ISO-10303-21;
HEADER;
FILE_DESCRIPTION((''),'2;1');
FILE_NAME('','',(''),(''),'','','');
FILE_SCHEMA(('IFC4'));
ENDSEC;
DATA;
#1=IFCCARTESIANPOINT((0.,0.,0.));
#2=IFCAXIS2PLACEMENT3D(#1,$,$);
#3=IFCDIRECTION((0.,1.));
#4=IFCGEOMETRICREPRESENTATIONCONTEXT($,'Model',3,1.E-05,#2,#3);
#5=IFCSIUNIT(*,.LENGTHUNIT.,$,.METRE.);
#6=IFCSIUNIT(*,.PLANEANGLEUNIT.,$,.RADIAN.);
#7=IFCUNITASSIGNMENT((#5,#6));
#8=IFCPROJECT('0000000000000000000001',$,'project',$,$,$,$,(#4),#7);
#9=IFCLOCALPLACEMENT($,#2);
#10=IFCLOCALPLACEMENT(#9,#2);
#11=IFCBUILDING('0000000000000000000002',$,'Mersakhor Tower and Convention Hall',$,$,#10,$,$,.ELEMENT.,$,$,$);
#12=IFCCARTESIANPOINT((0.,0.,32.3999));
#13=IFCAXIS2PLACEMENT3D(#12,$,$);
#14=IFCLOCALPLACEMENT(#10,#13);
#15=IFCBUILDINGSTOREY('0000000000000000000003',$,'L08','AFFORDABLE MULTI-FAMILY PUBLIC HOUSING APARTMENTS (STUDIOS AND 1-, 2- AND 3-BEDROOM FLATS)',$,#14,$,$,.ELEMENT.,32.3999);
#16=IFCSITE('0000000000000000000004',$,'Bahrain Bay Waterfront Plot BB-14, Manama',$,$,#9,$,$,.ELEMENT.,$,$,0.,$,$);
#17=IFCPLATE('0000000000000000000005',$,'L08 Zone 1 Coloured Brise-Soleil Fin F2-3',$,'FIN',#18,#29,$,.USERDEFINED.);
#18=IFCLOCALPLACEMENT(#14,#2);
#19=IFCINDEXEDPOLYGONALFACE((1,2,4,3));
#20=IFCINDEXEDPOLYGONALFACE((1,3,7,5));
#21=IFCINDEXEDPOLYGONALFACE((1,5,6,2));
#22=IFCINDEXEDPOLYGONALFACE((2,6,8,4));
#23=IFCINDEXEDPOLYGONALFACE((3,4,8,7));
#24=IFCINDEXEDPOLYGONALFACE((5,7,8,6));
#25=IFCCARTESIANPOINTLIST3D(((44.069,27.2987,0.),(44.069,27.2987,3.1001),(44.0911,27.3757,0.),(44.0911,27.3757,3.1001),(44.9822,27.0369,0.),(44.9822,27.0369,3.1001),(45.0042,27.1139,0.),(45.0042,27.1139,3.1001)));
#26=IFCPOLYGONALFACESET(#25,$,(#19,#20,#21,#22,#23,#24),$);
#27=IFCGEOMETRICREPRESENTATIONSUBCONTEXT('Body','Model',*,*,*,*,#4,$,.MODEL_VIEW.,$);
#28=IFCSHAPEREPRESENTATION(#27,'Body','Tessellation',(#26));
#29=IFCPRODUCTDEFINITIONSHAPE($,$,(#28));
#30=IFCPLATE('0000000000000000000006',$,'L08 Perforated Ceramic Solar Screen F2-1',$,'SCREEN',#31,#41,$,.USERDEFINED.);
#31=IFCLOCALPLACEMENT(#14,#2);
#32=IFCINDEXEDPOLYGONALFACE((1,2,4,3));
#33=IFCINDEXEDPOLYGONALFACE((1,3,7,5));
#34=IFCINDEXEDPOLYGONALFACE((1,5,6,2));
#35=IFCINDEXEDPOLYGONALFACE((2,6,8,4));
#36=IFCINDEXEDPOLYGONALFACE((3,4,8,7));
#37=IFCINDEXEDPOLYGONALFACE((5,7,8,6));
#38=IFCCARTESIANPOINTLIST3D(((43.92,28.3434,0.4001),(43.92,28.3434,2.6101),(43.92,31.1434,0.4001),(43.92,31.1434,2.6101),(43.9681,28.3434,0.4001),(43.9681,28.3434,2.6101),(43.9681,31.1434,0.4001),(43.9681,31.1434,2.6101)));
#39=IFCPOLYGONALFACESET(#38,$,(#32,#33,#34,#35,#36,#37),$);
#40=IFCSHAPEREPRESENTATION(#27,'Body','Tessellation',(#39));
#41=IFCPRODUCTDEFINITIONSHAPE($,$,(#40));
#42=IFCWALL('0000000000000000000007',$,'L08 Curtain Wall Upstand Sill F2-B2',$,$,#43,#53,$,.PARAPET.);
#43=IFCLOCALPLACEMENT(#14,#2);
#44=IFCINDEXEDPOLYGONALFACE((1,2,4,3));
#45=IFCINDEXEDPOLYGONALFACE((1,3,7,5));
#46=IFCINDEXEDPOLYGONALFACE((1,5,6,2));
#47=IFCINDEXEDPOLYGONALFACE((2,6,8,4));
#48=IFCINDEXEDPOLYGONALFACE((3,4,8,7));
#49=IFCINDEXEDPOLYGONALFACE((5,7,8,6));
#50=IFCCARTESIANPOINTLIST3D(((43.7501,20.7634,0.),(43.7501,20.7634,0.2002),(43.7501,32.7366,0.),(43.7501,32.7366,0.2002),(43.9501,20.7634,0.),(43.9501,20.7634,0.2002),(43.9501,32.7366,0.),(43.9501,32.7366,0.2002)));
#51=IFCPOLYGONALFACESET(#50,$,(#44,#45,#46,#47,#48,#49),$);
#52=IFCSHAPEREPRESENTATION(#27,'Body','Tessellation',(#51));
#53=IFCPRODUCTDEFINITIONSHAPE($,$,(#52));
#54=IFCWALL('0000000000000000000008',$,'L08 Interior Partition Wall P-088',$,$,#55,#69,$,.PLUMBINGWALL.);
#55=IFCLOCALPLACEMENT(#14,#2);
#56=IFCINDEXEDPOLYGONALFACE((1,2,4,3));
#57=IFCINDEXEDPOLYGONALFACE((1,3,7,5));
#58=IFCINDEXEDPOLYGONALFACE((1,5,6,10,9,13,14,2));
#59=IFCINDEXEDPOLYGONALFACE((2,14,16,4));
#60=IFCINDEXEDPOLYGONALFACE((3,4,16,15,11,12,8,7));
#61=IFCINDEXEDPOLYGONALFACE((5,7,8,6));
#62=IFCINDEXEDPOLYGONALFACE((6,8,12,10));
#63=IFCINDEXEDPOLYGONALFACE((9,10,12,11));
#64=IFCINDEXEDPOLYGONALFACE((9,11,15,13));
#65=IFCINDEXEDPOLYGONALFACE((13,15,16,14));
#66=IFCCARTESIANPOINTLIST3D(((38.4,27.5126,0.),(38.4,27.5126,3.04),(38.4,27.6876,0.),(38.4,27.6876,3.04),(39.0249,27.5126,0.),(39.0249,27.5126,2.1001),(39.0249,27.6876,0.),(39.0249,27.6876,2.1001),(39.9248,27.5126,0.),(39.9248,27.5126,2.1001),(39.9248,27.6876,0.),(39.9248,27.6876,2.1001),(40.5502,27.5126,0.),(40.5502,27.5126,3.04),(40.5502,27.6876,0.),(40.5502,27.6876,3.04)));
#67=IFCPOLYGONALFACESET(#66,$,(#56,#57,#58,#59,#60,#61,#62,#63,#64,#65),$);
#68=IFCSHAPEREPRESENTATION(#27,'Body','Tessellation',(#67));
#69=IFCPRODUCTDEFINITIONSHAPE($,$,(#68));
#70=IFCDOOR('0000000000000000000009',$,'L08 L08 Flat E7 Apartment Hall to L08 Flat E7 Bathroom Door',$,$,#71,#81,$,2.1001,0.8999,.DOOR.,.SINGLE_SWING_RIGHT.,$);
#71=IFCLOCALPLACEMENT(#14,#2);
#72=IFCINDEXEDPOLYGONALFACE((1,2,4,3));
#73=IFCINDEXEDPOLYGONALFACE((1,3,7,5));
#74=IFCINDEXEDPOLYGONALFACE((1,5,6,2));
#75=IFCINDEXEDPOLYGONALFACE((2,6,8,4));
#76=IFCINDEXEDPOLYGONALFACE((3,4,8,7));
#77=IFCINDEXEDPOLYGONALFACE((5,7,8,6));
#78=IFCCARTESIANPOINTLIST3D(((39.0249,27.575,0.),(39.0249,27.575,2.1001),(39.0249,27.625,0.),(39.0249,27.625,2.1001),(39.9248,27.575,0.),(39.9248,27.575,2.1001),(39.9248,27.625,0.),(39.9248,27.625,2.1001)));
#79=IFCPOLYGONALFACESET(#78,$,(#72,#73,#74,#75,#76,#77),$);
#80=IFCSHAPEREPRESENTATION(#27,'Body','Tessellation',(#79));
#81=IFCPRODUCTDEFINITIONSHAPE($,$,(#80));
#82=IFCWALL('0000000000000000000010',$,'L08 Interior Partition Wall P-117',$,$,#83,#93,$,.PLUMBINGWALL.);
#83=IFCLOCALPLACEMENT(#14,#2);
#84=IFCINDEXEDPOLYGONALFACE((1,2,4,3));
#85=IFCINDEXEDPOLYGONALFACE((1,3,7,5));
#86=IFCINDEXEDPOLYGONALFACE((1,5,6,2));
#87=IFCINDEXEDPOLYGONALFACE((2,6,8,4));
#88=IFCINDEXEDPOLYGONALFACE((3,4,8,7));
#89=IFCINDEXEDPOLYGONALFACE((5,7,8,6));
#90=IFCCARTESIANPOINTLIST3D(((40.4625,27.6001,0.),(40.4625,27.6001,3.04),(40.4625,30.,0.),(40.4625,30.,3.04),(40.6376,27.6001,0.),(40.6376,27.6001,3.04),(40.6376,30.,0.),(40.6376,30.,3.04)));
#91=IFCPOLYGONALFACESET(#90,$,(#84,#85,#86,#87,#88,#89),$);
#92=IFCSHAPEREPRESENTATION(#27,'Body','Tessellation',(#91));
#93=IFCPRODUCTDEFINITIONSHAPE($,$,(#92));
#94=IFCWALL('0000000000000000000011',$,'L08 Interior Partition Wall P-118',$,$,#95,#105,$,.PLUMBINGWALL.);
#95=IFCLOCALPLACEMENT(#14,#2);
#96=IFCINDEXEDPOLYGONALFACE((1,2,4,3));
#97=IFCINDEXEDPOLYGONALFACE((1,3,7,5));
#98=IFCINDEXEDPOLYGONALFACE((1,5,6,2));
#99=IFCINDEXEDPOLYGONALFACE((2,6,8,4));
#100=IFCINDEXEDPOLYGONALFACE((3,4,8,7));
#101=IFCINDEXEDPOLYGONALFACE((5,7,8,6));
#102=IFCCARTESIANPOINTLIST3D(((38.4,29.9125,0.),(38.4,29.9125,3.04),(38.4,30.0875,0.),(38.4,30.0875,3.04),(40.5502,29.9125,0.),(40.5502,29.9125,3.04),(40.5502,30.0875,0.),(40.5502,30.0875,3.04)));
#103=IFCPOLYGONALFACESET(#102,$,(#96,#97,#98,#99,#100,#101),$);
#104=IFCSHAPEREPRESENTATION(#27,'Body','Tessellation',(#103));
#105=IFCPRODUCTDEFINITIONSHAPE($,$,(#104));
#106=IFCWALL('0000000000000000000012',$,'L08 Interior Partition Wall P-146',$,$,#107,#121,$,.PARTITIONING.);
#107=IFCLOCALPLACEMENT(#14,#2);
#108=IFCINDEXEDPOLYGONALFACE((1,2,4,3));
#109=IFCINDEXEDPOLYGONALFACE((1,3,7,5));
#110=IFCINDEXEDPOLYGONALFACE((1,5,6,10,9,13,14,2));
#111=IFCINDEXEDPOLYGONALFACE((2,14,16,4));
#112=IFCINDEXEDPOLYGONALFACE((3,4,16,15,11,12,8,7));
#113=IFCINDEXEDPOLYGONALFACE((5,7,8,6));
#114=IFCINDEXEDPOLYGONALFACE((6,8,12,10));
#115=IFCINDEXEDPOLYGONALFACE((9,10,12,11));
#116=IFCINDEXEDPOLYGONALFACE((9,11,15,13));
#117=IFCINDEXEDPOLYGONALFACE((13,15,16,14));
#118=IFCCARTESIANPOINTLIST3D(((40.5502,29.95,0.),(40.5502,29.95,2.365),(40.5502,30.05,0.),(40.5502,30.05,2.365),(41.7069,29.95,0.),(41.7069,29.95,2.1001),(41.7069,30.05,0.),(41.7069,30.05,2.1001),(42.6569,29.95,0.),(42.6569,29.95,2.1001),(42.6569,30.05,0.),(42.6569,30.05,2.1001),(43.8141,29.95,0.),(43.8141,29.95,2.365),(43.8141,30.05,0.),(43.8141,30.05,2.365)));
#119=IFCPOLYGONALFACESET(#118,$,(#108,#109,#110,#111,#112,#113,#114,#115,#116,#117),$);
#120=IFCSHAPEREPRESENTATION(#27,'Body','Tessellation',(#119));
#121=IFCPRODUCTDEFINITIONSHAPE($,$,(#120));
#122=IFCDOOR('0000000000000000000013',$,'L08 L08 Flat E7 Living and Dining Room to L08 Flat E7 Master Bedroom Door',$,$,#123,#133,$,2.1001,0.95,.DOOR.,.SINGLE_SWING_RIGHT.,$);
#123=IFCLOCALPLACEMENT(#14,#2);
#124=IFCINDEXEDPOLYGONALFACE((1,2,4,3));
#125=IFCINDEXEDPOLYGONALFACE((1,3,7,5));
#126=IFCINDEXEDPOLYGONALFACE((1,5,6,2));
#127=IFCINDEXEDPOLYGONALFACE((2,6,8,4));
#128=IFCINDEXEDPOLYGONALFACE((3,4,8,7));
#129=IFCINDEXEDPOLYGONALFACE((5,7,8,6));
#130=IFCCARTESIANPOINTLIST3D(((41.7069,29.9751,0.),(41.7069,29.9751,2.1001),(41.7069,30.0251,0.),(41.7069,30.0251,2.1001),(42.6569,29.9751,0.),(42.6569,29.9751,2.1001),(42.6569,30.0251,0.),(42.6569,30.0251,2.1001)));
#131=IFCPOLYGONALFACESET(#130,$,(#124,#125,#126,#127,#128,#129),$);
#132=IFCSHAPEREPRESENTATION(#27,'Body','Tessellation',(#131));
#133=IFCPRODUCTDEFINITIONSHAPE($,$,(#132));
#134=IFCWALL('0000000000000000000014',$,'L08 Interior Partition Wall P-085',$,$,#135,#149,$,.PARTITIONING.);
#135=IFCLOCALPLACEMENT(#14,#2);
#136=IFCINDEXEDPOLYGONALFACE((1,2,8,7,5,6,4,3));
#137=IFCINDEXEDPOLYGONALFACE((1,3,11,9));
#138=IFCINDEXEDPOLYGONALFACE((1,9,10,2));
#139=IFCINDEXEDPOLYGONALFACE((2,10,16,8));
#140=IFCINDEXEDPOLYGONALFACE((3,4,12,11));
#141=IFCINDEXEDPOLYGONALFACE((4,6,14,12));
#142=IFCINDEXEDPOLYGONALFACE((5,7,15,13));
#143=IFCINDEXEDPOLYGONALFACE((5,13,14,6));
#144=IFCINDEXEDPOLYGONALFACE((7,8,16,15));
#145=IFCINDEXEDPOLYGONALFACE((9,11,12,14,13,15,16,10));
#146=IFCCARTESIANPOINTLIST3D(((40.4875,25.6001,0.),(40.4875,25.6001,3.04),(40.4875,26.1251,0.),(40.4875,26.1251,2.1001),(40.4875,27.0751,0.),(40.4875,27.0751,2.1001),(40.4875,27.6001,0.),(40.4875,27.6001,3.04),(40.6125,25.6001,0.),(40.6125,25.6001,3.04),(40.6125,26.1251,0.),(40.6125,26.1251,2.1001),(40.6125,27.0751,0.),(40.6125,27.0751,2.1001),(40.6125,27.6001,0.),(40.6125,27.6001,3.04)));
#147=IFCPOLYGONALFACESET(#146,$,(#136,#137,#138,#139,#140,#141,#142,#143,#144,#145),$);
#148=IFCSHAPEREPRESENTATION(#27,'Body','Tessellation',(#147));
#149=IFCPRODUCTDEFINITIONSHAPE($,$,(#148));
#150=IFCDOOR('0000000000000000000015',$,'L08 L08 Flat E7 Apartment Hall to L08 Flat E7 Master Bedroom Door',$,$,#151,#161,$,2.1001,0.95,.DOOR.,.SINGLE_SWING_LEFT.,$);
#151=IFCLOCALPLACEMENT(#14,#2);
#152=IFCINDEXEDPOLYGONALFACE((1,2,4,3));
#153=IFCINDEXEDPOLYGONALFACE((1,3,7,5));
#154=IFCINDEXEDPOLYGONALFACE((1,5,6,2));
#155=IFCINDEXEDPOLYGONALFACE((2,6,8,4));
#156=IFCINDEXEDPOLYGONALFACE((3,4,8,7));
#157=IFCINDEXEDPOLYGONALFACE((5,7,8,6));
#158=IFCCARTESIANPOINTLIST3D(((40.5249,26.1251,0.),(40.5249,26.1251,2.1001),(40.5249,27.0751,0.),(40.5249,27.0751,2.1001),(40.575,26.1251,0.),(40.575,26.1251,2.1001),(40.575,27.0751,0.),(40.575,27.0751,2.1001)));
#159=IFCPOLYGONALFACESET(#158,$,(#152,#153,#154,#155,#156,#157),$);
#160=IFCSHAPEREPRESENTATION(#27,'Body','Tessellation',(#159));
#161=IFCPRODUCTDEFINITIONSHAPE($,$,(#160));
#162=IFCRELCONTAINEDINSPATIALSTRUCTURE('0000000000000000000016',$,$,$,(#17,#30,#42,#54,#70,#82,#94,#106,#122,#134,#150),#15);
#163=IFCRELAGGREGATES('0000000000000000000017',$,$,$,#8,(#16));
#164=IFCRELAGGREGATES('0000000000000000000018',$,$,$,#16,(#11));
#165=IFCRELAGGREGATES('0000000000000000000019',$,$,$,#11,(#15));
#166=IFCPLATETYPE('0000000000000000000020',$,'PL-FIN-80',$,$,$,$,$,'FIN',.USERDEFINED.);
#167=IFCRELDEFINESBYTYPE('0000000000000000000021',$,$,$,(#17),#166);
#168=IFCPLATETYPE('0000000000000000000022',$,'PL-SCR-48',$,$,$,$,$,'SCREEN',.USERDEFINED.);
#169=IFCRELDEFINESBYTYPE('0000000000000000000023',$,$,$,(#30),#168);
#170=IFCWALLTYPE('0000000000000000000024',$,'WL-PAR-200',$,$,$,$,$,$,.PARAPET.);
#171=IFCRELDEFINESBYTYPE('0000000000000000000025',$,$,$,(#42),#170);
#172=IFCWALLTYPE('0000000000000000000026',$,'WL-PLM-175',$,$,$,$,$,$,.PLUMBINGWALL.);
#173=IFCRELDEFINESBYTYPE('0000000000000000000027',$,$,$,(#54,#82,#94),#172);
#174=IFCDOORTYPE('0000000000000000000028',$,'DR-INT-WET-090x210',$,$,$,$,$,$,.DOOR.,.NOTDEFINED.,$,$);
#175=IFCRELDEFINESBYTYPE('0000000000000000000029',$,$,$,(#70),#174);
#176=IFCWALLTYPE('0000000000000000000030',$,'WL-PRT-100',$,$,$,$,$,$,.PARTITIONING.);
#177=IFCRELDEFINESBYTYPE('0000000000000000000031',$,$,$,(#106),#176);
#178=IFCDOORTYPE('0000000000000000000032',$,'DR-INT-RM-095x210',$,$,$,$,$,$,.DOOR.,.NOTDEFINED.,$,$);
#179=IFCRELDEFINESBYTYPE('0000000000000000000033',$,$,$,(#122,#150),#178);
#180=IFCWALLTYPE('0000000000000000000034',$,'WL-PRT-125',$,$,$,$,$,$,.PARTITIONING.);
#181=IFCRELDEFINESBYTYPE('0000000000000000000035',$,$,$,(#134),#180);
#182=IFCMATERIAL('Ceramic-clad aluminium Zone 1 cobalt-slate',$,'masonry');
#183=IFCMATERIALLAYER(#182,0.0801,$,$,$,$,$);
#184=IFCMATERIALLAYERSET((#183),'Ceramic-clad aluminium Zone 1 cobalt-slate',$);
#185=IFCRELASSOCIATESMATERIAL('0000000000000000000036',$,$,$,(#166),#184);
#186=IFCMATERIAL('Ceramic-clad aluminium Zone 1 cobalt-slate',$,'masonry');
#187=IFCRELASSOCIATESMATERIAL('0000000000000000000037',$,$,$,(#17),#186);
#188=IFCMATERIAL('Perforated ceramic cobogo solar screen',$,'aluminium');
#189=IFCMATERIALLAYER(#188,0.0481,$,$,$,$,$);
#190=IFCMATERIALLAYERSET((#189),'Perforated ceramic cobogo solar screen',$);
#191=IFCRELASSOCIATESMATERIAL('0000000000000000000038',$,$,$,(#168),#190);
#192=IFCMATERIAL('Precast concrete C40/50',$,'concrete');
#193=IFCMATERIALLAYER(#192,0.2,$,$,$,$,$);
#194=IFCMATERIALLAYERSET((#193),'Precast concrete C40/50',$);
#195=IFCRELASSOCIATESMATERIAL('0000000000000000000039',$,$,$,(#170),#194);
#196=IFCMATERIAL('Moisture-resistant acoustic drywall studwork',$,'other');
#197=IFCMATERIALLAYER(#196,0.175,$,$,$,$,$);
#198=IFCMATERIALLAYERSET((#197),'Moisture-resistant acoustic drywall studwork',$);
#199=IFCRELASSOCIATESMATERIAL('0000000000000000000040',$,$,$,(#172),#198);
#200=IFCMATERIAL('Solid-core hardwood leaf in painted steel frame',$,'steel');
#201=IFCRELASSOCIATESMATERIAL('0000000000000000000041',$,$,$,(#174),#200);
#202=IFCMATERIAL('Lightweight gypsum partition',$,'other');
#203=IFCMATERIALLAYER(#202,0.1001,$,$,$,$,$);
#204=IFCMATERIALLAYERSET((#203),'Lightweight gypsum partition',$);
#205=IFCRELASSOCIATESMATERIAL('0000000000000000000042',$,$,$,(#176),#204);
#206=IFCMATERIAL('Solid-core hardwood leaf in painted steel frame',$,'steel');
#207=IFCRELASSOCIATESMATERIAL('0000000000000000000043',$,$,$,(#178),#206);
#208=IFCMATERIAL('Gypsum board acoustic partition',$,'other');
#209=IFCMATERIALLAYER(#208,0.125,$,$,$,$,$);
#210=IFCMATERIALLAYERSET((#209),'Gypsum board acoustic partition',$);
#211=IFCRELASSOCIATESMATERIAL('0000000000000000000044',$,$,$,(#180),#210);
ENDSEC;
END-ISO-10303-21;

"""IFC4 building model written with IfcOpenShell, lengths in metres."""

from ifc_helpers import new_model, si_unit, direction, frame, frame_2d, origin, origin_2d, place, context, subcontext, project, spatial, rectangle, extrude, material, layer, layer_set, type_object, element, fill, save


model = new_model("IFC4")

# Units and contexts
model_context = context("Model", 3, precision=1e-05, world=origin(), true_north=direction((0.0, 1.0)))
body_context = subcontext(model_context, "Body", "Model", "MODEL_VIEW")
ifc_project = project(units=[si_unit("LENGTHUNIT", "METRE"), si_unit("PLANEANGLEUNIT", "RADIAN")], contexts=[model_context])

# Site, building, storey
site_placement = place(None, origin())
site = spatial("IfcSite", under=ifc_project, at=site_placement, Name="Bahrain Bay Waterfront Plot BB-14, Manama", CompositionType="ELEMENT", RefElevation=0.0)
building_placement = place(site_placement, origin())
building = spatial("IfcBuilding", under=site, at=building_placement, Name="Mersakhor Tower and Convention Hall", CompositionType="ELEMENT")
storey_placement = place(building_placement, frame((0.0, 0.0, 32.3999)))
storey = spatial("IfcBuildingStorey", under=building, at=storey_placement, Name="L08", Description="AFFORDABLE MULTI-FAMILY PUBLIC HOUSING APARTMENTS (STUDIOS AND 1-, 2- AND 3-BEDROOM FLATS)", CompositionType="ELEMENT", Elevation=32.3999)

# Plates
ifc_material_1 = material(Name="Ceramic-clad aluminium Zone 1 cobalt-slate", Category="masonry")
ifc_material_2 = material(Name="Ceramic-clad aluminium Zone 1 cobalt-slate", Category="masonry")
ifc_layer_1 = layer(ifc_material_2, 0.0801)
ifc_layer_set_1 = layer_set([ifc_layer_1], Name="Ceramic-clad aluminium Zone 1 cobalt-slate")
plate_type_1 = type_object("IfcPlateType", Name="PL-FIN-80", ElementType="FIN", PredefinedType="USERDEFINED", material=ifc_layer_set_1)
plate_1_placement = place(storey_placement, frame((44.5366, 27.2063, 0.0), z_axis=(0.0, 0.0, 1.0), x_axis=(0.961262, -0.275637, 0.0)))
element("IfcPlate", 1, at=plate_1_placement, inside=storey, type_object=plate_type_1, material=ifc_material_1, Name="L08 Zone 1 Coloured Brise-Soleil Fin F2-3", ObjectType="FIN", PredefinedType="USERDEFINED", context=body_context, shape_type="SweptSolid", body=[
    extrude(rectangle(XDim=0.95, YDim=0.0801, at=origin_2d()), origin(), (0.0, 0.0, 1.0), 3.1001),
])
ifc_material_3 = material(Name="Perforated ceramic cobogo solar screen", Category="aluminium")
ifc_layer_2 = layer(ifc_material_3, 0.0481)
ifc_layer_set_2 = layer_set([ifc_layer_2], Name="Perforated ceramic cobogo solar screen")
plate_type_2 = type_object("IfcPlateType", Name="PL-SCR-48", ElementType="SCREEN", PredefinedType="USERDEFINED", material=ifc_layer_set_2)
plate_2_placement = place(storey_placement, frame((43.9441, 29.7434, 0.4001), z_axis=(0.0, 0.0, 1.0), x_axis=(0.0, -1.0, 0.0)))
element("IfcPlate", 2, at=plate_2_placement, inside=storey, type_object=plate_type_2, Name="L08 Perforated Ceramic Solar Screen F2-1", ObjectType="SCREEN", PredefinedType="USERDEFINED", context=body_context, shape_type="SweptSolid", body=[
    extrude(rectangle(XDim=2.8, YDim=0.0481, at=origin_2d()), origin(), (0.0, 0.0, 1.0), 2.21),
])

# Wall
ifc_material_4 = material(Name="Precast concrete C40/50", Category="concrete")
ifc_layer_3 = layer(ifc_material_4, 0.2)
ifc_layer_set_3 = layer_set([ifc_layer_3], Name="Precast concrete C40/50")
wall_type_1 = type_object("IfcWallType", Name="WL-PAR-200", PredefinedType="PARAPET", material=ifc_layer_set_3)
wall_1_placement = place(storey_placement, frame((43.8501, 32.7366, 0.0), z_axis=(0.0, 0.0, 1.0), x_axis=(0.0, -1.0, 0.0)))
element("IfcWall", 3, at=wall_1_placement, inside=storey, type_object=wall_type_1, Name="L08 Curtain Wall Upstand Sill F2-B2", PredefinedType="PARAPET", context=body_context, shape_type="SweptSolid", body=[
    extrude(rectangle(XDim=11.9731, YDim=0.2, at=frame_2d((5.9866, 0.0))), origin(), (0.0, 0.0, 1.0), 0.2002),
])

# Wall, opening, door
ifc_material_5 = material(Name="Moisture-resistant acoustic drywall studwork", Category="other")
ifc_layer_4 = layer(ifc_material_5, 0.175)
ifc_layer_set_4 = layer_set([ifc_layer_4], Name="Moisture-resistant acoustic drywall studwork")
wall_type_2 = type_object("IfcWallType", Name="WL-PLM-175", PredefinedType="PLUMBINGWALL", material=ifc_layer_set_4)
wall_2_placement = place(storey_placement, frame((38.3999, 27.6001, 0.0), z_axis=(0.0, 0.0, 1.0), x_axis=(1.0, 0.0, 0.0)))
wall_2 = element("IfcWall", 4, at=wall_2_placement, inside=storey, type_object=wall_type_2, Name="L08 Interior Partition Wall P-088", PredefinedType="PLUMBINGWALL", context=body_context, shape_type="SweptSolid", body=[
    extrude(rectangle(XDim=2.1501, YDim=0.175, at=frame_2d((1.0752, 0.0))), origin(), (0.0, 0.0, 1.0), 3.04),
])
opening_1_placement = place(wall_2_placement, frame((0.625, 0.0, 0.0)))
opening_1 = element("IfcOpeningElement", 5, at=opening_1_placement, cuts=wall_2, PredefinedType="OPENING", context=body_context, shape_type="SweptSolid", body=[
    extrude(rectangle(XDim=0.8999, YDim=2.1001, at=frame_2d((0.45, 1.05))), frame((0.0, 0.0974, 0.0), z_axis=(0.0, -1.0, 0.0), x_axis=(1.0, 0.0, 0.0)), (0.0, 0.0, 1.0), 0.1951),
])
ifc_material_6 = material(Name="Solid-core hardwood leaf in painted steel frame", Category="steel")
door_type_1 = type_object("IfcDoorType", Name="DR-INT-WET-090x210", OperationType="NOTDEFINED", PredefinedType="DOOR", material=ifc_material_6)
door_1_placement = place(opening_1_placement, origin())
door_1 = element("IfcDoor", 6, at=door_1_placement, inside=storey, type_object=door_type_1, Name="L08 L08 Flat E7 Apartment Hall to L08 Flat E7 Bathroom Door", OperationType="SINGLE_SWING_RIGHT", OverallHeight=2.1001, OverallWidth=0.8999, PredefinedType="DOOR", context=body_context, shape_type="SweptSolid", body=[
    extrude(rectangle(XDim=0.8999, YDim=2.1001, at=frame_2d((0.45, 1.05))), frame((0.0, 0.0249, 0.0), z_axis=(0.0, -1.0, 0.0), x_axis=(1.0, 0.0, 0.0)), (0.0, 0.0, 1.0), 0.05),
])
fill(opening_1, door_1)

# Walls
wall_3_placement = place(storey_placement, frame((40.55, 30.0, 0.0), z_axis=(0.0, 0.0, 1.0), x_axis=(0.0, -1.0, 0.0)))
element("IfcWall", 7, at=wall_3_placement, inside=storey, type_object=wall_type_2, Name="L08 Interior Partition Wall P-117", PredefinedType="PLUMBINGWALL", context=body_context, shape_type="SweptSolid", body=[
    extrude(rectangle(XDim=2.3999, YDim=0.175, at=frame_2d((1.2, 0.0))), origin(), (0.0, 0.0, 1.0), 3.04),
])
wall_4_placement = place(storey_placement, frame((38.3999, 30.0, 0.0), z_axis=(0.0, 0.0, 1.0), x_axis=(1.0, 0.0, 0.0)))
element("IfcWall", 8, at=wall_4_placement, inside=storey, type_object=wall_type_2, Name="L08 Interior Partition Wall P-118", PredefinedType="PLUMBINGWALL", context=body_context, shape_type="SweptSolid", body=[
    extrude(rectangle(XDim=2.1501, YDim=0.175, at=frame_2d((1.0752, 0.0))), origin(), (0.0, 0.0, 1.0), 3.04),
])

# Walls, openings, doors
ifc_material_7 = material(Name="Lightweight gypsum partition", Category="other")
ifc_layer_5 = layer(ifc_material_7, 0.1001)
ifc_layer_set_5 = layer_set([ifc_layer_5], Name="Lightweight gypsum partition")
wall_type_3 = type_object("IfcWallType", Name="WL-PRT-100", PredefinedType="PARTITIONING", material=ifc_layer_set_5)
wall_5_placement = place(storey_placement, frame((43.814, 30.0, 0.0), z_axis=(0.0, 0.0, 1.0), x_axis=(-1.0, 0.0, 0.0)))
wall_5 = element("IfcWall", 9, at=wall_5_placement, inside=storey, type_object=wall_type_3, Name="L08 Interior Partition Wall P-146", PredefinedType="PARTITIONING", context=body_context, shape_type="SweptSolid", body=[
    extrude(rectangle(XDim=3.2639, YDim=0.1001, at=frame_2d((1.6318, 0.0))), origin(), (0.0, 0.0, 1.0), 2.365),
])
opening_2_placement = place(wall_5_placement, frame((1.157, 0.0, 0.0)))
opening_2 = element("IfcOpeningElement", 10, at=opening_2_placement, cuts=wall_5, PredefinedType="OPENING", context=body_context, shape_type="SweptSolid", body=[
    extrude(rectangle(XDim=0.95, YDim=2.1001, at=frame_2d((0.4751, 1.05))), frame((0.0, 0.0601, 0.0), z_axis=(0.0, -1.0, 0.0), x_axis=(1.0, 0.0, 0.0)), (0.0, 0.0, 1.0), 0.1201),
])
ifc_material_8 = material(Name="Solid-core hardwood leaf in painted steel frame", Category="steel")
door_type_2 = type_object("IfcDoorType", Name="DR-INT-RM-095x210", OperationType="NOTDEFINED", PredefinedType="DOOR", material=ifc_material_8)
door_2_placement = place(opening_2_placement, origin())
door_2 = element("IfcDoor", 11, at=door_2_placement, inside=storey, type_object=door_type_2, Name="L08 L08 Flat E7 Living and Dining Room to L08 Flat E7 Master Bedroom Door", OperationType="SINGLE_SWING_RIGHT", OverallHeight=2.1001, OverallWidth=0.95, PredefinedType="DOOR", context=body_context, shape_type="SweptSolid", body=[
    extrude(rectangle(XDim=0.95, YDim=2.1001, at=frame_2d((0.4751, 1.05))), frame((0.0, 0.0249, 0.0), z_axis=(0.0, -1.0, 0.0), x_axis=(1.0, 0.0, 0.0)), (0.0, 0.0, 1.0), 0.05),
])
fill(opening_2, door_2)
ifc_material_9 = material(Name="Gypsum board acoustic partition", Category="other")
ifc_layer_6 = layer(ifc_material_9, 0.125)
ifc_layer_set_6 = layer_set([ifc_layer_6], Name="Gypsum board acoustic partition")
wall_type_4 = type_object("IfcWallType", Name="WL-PRT-125", PredefinedType="PARTITIONING", material=ifc_layer_set_6)
wall_6_placement = place(storey_placement, frame((40.55, 27.6001, 0.0), z_axis=(0.0, 0.0, 1.0), x_axis=(0.0, -1.0, 0.0)))
wall_6 = element("IfcWall", 12, at=wall_6_placement, inside=storey, type_object=wall_type_4, Name="L08 Interior Partition Wall P-085", PredefinedType="PARTITIONING", context=body_context, shape_type="SweptSolid", body=[
    extrude(rectangle(XDim=2.0, YDim=0.125, at=frame_2d((1.0, 0.0))), origin(), (0.0, 0.0, 1.0), 3.04),
])
opening_3_placement = place(wall_6_placement, frame((0.5249, 0.0, 0.0)))
opening_3 = element("IfcOpeningElement", 13, at=opening_3_placement, cuts=wall_6, PredefinedType="OPENING", context=body_context, shape_type="SweptSolid", body=[
    extrude(rectangle(XDim=0.95, YDim=2.1001, at=frame_2d((0.4751, 1.05))), frame((0.0, 0.0725, 0.0), z_axis=(0.0, -1.0, 0.0), x_axis=(1.0, 0.0, 0.0)), (0.0, 0.0, 1.0), 0.145),
])
door_3_placement = place(opening_3_placement, origin())
door_3 = element("IfcDoor", 14, at=door_3_placement, inside=storey, type_object=door_type_2, Name="L08 L08 Flat E7 Apartment Hall to L08 Flat E7 Master Bedroom Door", OperationType="SINGLE_SWING_LEFT", OverallHeight=2.1001, OverallWidth=0.95, PredefinedType="DOOR", context=body_context, shape_type="SweptSolid", body=[
    extrude(rectangle(XDim=0.95, YDim=2.1001, at=frame_2d((0.4751, 1.05))), frame((0.0, 0.0249, 0.0), z_axis=(0.0, -1.0, 0.0), x_axis=(1.0, 0.0, 0.0)), (0.0, 0.0, 1.0), 0.05),
])
fill(opening_3, door_3)

save(model, "model.ifc")
